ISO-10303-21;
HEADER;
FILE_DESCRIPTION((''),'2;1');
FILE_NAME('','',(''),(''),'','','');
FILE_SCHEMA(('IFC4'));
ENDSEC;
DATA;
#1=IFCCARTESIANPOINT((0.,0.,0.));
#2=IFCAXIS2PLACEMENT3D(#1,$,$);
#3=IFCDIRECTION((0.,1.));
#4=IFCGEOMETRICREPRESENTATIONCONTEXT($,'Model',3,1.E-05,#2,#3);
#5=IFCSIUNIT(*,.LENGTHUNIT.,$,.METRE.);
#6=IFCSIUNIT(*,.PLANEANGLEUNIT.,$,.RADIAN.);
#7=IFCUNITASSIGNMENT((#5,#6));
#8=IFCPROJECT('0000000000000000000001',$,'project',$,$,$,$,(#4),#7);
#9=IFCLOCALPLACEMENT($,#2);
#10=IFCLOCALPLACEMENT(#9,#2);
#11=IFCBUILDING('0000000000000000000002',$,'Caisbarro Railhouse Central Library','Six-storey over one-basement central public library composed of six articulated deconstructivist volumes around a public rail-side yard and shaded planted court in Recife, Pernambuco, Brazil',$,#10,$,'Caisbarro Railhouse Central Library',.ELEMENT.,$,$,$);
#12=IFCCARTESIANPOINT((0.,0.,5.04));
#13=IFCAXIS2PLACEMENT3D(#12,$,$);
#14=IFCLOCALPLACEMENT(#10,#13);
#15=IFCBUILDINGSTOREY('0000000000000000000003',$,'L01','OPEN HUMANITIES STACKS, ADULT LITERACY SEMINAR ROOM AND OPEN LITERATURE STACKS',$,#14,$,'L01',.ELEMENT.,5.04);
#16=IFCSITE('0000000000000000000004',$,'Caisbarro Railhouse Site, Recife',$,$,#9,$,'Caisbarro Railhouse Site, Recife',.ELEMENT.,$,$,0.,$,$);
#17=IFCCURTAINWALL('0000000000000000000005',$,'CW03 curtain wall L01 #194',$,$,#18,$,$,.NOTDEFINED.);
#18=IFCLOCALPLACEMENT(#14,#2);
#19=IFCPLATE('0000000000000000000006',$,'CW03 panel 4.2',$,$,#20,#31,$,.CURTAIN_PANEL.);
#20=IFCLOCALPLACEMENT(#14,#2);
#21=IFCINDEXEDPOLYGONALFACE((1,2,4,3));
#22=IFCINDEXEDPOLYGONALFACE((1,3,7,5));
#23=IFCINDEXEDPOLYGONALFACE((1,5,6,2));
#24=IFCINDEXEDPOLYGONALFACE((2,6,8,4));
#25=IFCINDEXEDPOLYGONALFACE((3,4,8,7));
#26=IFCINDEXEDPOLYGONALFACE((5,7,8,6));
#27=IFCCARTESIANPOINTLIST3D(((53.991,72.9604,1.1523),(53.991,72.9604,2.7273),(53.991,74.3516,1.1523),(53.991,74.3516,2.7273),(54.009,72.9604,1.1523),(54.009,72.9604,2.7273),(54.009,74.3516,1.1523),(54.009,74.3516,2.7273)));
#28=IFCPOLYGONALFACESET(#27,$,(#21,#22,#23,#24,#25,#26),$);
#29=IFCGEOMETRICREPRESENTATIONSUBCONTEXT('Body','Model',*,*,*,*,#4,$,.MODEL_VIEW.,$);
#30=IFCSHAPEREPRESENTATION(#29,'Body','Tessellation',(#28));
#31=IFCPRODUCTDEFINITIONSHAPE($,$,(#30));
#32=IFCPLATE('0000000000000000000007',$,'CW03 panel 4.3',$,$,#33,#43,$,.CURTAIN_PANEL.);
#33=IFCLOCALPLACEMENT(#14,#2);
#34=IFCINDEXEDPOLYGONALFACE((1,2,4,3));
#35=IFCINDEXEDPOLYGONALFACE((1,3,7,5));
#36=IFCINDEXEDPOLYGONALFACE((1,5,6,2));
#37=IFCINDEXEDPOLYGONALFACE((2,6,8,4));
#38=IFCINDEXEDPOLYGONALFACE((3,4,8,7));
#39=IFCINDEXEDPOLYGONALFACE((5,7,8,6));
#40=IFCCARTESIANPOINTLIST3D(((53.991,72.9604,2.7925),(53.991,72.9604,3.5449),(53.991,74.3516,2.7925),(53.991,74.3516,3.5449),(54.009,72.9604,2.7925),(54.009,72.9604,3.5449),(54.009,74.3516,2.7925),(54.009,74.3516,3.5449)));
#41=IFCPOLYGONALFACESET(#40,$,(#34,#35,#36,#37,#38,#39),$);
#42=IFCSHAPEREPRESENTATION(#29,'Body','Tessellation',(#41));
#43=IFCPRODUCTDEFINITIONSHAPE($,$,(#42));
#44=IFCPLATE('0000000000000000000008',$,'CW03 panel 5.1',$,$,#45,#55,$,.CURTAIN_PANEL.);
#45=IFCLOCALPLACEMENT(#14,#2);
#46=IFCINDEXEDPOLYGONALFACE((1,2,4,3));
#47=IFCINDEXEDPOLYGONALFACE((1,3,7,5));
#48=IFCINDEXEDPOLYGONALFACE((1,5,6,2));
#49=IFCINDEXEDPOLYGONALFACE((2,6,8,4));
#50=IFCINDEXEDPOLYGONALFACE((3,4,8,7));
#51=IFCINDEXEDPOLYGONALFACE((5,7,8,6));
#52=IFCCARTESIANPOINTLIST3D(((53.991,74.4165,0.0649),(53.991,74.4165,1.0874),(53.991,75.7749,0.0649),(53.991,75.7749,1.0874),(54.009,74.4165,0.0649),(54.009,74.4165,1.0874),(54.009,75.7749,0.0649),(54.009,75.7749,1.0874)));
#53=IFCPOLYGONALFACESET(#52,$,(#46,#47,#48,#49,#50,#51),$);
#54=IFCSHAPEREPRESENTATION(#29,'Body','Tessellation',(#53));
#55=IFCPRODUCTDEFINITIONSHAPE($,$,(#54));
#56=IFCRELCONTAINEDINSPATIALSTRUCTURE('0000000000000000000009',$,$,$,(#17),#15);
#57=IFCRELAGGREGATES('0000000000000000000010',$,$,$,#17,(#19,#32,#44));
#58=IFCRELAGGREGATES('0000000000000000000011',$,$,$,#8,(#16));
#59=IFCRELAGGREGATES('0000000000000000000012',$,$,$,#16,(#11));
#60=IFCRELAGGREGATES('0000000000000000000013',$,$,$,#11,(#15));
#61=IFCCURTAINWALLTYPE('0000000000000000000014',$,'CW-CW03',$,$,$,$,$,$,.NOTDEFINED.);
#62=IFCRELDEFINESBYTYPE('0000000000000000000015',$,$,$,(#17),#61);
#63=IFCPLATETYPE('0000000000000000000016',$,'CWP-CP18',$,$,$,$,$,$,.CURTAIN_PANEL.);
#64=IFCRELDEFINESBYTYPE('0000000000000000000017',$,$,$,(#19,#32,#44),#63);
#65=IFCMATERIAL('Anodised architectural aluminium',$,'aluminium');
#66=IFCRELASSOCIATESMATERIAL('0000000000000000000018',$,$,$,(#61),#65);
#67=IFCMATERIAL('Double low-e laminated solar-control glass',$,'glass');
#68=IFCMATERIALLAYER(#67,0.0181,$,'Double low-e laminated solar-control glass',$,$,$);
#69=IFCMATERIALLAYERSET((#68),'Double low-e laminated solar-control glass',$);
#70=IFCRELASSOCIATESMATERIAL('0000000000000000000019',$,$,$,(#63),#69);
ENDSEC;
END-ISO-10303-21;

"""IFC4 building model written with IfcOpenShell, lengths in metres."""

from ifc_helpers import new_model, si_unit, direction, frame, origin, origin_2d, place, context, subcontext, project, spatial, rectangle, extrude, material, layer, layer_set, type_object, element, aggregate, save


model = new_model("IFC4")

# Units and contexts
model_context = context("Model", 3, precision=1e-05, world=origin(), true_north=direction((0.0, 1.0)))
body_context = subcontext(model_context, "Body", "Model", "MODEL_VIEW")
ifc_project = project(units=[si_unit("LENGTHUNIT", "METRE"), si_unit("PLANEANGLEUNIT", "RADIAN")], contexts=[model_context])

# Site, building, storey
site_placement = place(None, origin())
site = spatial("IfcSite", under=ifc_project, at=site_placement, Name="Caisbarro Railhouse Site, Recife", LongName="Caisbarro Railhouse Site, Recife", CompositionType="ELEMENT", RefElevation=0.0)
building_placement = place(site_placement, origin())
building = spatial("IfcBuilding", under=site, at=building_placement, Name="Caisbarro Railhouse Central Library", Description="Six-storey over one-basement central public library composed of six articulated deconstructivist volumes around a public rail-side yard and shaded planted court in Recife, Pernambuco, Brazil", LongName="Caisbarro Railhouse Central Library", CompositionType="ELEMENT")
storey_placement = place(building_placement, frame((0.0, 0.0, 5.04)))
storey = spatial("IfcBuildingStorey", under=building, at=storey_placement, Name="L01", Description="OPEN HUMANITIES STACKS, ADULT LITERACY SEMINAR ROOM AND OPEN LITERATURE STACKS", LongName="L01", CompositionType="ELEMENT", Elevation=5.04)

# Curtain wall, plates
ifc_material_1 = material(Name="Anodised architectural aluminium", Category="aluminium")
curtain_wall_type = type_object("IfcCurtainWallType", Name="CW-CW03", PredefinedType="NOTDEFINED", material=ifc_material_1)
curtain_wall_placement = place(storey_placement, origin())
curtain_wall = element("IfcCurtainWall", 1, at=curtain_wall_placement, inside=storey, type_object=curtain_wall_type, Name="CW03 curtain wall L01 #194", PredefinedType="NOTDEFINED")
ifc_material_2 = material(Name="Double low-e laminated solar-control glass", Category="glass")
ifc_layer = layer(ifc_material_2, 0.0181, Name="Double low-e laminated solar-control glass")
ifc_layer_set = layer_set([ifc_layer], Name="Double low-e laminated solar-control glass")
plate_type = type_object("IfcPlateType", Name="CWP-CP18", PredefinedType="CURTAIN_PANEL", material=ifc_layer_set)
plate_1_placement = place(storey_placement, frame((54.0, 73.656, 1.1523), z_axis=(0.0, 0.0, 1.0), x_axis=(0.0, 1.0, 0.0)))
plate_1 = element("IfcPlate", 2, at=plate_1_placement, type_object=plate_type, Name="CW03 panel 4.2", PredefinedType="CURTAIN_PANEL", context=body_context, shape_type="SweptSolid", body=[
    extrude(rectangle(XDim=1.3911, YDim=0.0181, at=origin_2d()), origin(), (0.0, 0.0, 1.0), 1.575),
])
plate_2_placement = place(storey_placement, frame((54.0, 73.656, 2.7925), z_axis=(0.0, 0.0, 1.0), x_axis=(0.0, 1.0, 0.0)))
plate_2 = element("IfcPlate", 3, at=plate_2_placement, type_object=plate_type, Name="CW03 panel 4.3", PredefinedType="CURTAIN_PANEL", context=body_context, shape_type="SweptSolid", body=[
    extrude(rectangle(XDim=1.3911, YDim=0.0181, at=origin_2d()), origin(), (0.0, 0.0, 1.0), 0.7524),
])
plate_3_placement = place(storey_placement, frame((54.0, 75.0957, 0.0649), z_axis=(0.0, 0.0, 1.0), x_axis=(0.0, 1.0, 0.0)))
plate_3 = element("IfcPlate", 4, at=plate_3_placement, type_object=plate_type, Name="CW03 panel 5.1", PredefinedType="CURTAIN_PANEL", context=body_context, shape_type="SweptSolid", body=[
    extrude(rectangle(XDim=1.3584, YDim=0.0181, at=origin_2d()), origin(), (0.0, 0.0, 1.0), 1.0225),
])
aggregate(curtain_wall, [plate_1, plate_2, plate_3])

save(model, "model.ifc")
